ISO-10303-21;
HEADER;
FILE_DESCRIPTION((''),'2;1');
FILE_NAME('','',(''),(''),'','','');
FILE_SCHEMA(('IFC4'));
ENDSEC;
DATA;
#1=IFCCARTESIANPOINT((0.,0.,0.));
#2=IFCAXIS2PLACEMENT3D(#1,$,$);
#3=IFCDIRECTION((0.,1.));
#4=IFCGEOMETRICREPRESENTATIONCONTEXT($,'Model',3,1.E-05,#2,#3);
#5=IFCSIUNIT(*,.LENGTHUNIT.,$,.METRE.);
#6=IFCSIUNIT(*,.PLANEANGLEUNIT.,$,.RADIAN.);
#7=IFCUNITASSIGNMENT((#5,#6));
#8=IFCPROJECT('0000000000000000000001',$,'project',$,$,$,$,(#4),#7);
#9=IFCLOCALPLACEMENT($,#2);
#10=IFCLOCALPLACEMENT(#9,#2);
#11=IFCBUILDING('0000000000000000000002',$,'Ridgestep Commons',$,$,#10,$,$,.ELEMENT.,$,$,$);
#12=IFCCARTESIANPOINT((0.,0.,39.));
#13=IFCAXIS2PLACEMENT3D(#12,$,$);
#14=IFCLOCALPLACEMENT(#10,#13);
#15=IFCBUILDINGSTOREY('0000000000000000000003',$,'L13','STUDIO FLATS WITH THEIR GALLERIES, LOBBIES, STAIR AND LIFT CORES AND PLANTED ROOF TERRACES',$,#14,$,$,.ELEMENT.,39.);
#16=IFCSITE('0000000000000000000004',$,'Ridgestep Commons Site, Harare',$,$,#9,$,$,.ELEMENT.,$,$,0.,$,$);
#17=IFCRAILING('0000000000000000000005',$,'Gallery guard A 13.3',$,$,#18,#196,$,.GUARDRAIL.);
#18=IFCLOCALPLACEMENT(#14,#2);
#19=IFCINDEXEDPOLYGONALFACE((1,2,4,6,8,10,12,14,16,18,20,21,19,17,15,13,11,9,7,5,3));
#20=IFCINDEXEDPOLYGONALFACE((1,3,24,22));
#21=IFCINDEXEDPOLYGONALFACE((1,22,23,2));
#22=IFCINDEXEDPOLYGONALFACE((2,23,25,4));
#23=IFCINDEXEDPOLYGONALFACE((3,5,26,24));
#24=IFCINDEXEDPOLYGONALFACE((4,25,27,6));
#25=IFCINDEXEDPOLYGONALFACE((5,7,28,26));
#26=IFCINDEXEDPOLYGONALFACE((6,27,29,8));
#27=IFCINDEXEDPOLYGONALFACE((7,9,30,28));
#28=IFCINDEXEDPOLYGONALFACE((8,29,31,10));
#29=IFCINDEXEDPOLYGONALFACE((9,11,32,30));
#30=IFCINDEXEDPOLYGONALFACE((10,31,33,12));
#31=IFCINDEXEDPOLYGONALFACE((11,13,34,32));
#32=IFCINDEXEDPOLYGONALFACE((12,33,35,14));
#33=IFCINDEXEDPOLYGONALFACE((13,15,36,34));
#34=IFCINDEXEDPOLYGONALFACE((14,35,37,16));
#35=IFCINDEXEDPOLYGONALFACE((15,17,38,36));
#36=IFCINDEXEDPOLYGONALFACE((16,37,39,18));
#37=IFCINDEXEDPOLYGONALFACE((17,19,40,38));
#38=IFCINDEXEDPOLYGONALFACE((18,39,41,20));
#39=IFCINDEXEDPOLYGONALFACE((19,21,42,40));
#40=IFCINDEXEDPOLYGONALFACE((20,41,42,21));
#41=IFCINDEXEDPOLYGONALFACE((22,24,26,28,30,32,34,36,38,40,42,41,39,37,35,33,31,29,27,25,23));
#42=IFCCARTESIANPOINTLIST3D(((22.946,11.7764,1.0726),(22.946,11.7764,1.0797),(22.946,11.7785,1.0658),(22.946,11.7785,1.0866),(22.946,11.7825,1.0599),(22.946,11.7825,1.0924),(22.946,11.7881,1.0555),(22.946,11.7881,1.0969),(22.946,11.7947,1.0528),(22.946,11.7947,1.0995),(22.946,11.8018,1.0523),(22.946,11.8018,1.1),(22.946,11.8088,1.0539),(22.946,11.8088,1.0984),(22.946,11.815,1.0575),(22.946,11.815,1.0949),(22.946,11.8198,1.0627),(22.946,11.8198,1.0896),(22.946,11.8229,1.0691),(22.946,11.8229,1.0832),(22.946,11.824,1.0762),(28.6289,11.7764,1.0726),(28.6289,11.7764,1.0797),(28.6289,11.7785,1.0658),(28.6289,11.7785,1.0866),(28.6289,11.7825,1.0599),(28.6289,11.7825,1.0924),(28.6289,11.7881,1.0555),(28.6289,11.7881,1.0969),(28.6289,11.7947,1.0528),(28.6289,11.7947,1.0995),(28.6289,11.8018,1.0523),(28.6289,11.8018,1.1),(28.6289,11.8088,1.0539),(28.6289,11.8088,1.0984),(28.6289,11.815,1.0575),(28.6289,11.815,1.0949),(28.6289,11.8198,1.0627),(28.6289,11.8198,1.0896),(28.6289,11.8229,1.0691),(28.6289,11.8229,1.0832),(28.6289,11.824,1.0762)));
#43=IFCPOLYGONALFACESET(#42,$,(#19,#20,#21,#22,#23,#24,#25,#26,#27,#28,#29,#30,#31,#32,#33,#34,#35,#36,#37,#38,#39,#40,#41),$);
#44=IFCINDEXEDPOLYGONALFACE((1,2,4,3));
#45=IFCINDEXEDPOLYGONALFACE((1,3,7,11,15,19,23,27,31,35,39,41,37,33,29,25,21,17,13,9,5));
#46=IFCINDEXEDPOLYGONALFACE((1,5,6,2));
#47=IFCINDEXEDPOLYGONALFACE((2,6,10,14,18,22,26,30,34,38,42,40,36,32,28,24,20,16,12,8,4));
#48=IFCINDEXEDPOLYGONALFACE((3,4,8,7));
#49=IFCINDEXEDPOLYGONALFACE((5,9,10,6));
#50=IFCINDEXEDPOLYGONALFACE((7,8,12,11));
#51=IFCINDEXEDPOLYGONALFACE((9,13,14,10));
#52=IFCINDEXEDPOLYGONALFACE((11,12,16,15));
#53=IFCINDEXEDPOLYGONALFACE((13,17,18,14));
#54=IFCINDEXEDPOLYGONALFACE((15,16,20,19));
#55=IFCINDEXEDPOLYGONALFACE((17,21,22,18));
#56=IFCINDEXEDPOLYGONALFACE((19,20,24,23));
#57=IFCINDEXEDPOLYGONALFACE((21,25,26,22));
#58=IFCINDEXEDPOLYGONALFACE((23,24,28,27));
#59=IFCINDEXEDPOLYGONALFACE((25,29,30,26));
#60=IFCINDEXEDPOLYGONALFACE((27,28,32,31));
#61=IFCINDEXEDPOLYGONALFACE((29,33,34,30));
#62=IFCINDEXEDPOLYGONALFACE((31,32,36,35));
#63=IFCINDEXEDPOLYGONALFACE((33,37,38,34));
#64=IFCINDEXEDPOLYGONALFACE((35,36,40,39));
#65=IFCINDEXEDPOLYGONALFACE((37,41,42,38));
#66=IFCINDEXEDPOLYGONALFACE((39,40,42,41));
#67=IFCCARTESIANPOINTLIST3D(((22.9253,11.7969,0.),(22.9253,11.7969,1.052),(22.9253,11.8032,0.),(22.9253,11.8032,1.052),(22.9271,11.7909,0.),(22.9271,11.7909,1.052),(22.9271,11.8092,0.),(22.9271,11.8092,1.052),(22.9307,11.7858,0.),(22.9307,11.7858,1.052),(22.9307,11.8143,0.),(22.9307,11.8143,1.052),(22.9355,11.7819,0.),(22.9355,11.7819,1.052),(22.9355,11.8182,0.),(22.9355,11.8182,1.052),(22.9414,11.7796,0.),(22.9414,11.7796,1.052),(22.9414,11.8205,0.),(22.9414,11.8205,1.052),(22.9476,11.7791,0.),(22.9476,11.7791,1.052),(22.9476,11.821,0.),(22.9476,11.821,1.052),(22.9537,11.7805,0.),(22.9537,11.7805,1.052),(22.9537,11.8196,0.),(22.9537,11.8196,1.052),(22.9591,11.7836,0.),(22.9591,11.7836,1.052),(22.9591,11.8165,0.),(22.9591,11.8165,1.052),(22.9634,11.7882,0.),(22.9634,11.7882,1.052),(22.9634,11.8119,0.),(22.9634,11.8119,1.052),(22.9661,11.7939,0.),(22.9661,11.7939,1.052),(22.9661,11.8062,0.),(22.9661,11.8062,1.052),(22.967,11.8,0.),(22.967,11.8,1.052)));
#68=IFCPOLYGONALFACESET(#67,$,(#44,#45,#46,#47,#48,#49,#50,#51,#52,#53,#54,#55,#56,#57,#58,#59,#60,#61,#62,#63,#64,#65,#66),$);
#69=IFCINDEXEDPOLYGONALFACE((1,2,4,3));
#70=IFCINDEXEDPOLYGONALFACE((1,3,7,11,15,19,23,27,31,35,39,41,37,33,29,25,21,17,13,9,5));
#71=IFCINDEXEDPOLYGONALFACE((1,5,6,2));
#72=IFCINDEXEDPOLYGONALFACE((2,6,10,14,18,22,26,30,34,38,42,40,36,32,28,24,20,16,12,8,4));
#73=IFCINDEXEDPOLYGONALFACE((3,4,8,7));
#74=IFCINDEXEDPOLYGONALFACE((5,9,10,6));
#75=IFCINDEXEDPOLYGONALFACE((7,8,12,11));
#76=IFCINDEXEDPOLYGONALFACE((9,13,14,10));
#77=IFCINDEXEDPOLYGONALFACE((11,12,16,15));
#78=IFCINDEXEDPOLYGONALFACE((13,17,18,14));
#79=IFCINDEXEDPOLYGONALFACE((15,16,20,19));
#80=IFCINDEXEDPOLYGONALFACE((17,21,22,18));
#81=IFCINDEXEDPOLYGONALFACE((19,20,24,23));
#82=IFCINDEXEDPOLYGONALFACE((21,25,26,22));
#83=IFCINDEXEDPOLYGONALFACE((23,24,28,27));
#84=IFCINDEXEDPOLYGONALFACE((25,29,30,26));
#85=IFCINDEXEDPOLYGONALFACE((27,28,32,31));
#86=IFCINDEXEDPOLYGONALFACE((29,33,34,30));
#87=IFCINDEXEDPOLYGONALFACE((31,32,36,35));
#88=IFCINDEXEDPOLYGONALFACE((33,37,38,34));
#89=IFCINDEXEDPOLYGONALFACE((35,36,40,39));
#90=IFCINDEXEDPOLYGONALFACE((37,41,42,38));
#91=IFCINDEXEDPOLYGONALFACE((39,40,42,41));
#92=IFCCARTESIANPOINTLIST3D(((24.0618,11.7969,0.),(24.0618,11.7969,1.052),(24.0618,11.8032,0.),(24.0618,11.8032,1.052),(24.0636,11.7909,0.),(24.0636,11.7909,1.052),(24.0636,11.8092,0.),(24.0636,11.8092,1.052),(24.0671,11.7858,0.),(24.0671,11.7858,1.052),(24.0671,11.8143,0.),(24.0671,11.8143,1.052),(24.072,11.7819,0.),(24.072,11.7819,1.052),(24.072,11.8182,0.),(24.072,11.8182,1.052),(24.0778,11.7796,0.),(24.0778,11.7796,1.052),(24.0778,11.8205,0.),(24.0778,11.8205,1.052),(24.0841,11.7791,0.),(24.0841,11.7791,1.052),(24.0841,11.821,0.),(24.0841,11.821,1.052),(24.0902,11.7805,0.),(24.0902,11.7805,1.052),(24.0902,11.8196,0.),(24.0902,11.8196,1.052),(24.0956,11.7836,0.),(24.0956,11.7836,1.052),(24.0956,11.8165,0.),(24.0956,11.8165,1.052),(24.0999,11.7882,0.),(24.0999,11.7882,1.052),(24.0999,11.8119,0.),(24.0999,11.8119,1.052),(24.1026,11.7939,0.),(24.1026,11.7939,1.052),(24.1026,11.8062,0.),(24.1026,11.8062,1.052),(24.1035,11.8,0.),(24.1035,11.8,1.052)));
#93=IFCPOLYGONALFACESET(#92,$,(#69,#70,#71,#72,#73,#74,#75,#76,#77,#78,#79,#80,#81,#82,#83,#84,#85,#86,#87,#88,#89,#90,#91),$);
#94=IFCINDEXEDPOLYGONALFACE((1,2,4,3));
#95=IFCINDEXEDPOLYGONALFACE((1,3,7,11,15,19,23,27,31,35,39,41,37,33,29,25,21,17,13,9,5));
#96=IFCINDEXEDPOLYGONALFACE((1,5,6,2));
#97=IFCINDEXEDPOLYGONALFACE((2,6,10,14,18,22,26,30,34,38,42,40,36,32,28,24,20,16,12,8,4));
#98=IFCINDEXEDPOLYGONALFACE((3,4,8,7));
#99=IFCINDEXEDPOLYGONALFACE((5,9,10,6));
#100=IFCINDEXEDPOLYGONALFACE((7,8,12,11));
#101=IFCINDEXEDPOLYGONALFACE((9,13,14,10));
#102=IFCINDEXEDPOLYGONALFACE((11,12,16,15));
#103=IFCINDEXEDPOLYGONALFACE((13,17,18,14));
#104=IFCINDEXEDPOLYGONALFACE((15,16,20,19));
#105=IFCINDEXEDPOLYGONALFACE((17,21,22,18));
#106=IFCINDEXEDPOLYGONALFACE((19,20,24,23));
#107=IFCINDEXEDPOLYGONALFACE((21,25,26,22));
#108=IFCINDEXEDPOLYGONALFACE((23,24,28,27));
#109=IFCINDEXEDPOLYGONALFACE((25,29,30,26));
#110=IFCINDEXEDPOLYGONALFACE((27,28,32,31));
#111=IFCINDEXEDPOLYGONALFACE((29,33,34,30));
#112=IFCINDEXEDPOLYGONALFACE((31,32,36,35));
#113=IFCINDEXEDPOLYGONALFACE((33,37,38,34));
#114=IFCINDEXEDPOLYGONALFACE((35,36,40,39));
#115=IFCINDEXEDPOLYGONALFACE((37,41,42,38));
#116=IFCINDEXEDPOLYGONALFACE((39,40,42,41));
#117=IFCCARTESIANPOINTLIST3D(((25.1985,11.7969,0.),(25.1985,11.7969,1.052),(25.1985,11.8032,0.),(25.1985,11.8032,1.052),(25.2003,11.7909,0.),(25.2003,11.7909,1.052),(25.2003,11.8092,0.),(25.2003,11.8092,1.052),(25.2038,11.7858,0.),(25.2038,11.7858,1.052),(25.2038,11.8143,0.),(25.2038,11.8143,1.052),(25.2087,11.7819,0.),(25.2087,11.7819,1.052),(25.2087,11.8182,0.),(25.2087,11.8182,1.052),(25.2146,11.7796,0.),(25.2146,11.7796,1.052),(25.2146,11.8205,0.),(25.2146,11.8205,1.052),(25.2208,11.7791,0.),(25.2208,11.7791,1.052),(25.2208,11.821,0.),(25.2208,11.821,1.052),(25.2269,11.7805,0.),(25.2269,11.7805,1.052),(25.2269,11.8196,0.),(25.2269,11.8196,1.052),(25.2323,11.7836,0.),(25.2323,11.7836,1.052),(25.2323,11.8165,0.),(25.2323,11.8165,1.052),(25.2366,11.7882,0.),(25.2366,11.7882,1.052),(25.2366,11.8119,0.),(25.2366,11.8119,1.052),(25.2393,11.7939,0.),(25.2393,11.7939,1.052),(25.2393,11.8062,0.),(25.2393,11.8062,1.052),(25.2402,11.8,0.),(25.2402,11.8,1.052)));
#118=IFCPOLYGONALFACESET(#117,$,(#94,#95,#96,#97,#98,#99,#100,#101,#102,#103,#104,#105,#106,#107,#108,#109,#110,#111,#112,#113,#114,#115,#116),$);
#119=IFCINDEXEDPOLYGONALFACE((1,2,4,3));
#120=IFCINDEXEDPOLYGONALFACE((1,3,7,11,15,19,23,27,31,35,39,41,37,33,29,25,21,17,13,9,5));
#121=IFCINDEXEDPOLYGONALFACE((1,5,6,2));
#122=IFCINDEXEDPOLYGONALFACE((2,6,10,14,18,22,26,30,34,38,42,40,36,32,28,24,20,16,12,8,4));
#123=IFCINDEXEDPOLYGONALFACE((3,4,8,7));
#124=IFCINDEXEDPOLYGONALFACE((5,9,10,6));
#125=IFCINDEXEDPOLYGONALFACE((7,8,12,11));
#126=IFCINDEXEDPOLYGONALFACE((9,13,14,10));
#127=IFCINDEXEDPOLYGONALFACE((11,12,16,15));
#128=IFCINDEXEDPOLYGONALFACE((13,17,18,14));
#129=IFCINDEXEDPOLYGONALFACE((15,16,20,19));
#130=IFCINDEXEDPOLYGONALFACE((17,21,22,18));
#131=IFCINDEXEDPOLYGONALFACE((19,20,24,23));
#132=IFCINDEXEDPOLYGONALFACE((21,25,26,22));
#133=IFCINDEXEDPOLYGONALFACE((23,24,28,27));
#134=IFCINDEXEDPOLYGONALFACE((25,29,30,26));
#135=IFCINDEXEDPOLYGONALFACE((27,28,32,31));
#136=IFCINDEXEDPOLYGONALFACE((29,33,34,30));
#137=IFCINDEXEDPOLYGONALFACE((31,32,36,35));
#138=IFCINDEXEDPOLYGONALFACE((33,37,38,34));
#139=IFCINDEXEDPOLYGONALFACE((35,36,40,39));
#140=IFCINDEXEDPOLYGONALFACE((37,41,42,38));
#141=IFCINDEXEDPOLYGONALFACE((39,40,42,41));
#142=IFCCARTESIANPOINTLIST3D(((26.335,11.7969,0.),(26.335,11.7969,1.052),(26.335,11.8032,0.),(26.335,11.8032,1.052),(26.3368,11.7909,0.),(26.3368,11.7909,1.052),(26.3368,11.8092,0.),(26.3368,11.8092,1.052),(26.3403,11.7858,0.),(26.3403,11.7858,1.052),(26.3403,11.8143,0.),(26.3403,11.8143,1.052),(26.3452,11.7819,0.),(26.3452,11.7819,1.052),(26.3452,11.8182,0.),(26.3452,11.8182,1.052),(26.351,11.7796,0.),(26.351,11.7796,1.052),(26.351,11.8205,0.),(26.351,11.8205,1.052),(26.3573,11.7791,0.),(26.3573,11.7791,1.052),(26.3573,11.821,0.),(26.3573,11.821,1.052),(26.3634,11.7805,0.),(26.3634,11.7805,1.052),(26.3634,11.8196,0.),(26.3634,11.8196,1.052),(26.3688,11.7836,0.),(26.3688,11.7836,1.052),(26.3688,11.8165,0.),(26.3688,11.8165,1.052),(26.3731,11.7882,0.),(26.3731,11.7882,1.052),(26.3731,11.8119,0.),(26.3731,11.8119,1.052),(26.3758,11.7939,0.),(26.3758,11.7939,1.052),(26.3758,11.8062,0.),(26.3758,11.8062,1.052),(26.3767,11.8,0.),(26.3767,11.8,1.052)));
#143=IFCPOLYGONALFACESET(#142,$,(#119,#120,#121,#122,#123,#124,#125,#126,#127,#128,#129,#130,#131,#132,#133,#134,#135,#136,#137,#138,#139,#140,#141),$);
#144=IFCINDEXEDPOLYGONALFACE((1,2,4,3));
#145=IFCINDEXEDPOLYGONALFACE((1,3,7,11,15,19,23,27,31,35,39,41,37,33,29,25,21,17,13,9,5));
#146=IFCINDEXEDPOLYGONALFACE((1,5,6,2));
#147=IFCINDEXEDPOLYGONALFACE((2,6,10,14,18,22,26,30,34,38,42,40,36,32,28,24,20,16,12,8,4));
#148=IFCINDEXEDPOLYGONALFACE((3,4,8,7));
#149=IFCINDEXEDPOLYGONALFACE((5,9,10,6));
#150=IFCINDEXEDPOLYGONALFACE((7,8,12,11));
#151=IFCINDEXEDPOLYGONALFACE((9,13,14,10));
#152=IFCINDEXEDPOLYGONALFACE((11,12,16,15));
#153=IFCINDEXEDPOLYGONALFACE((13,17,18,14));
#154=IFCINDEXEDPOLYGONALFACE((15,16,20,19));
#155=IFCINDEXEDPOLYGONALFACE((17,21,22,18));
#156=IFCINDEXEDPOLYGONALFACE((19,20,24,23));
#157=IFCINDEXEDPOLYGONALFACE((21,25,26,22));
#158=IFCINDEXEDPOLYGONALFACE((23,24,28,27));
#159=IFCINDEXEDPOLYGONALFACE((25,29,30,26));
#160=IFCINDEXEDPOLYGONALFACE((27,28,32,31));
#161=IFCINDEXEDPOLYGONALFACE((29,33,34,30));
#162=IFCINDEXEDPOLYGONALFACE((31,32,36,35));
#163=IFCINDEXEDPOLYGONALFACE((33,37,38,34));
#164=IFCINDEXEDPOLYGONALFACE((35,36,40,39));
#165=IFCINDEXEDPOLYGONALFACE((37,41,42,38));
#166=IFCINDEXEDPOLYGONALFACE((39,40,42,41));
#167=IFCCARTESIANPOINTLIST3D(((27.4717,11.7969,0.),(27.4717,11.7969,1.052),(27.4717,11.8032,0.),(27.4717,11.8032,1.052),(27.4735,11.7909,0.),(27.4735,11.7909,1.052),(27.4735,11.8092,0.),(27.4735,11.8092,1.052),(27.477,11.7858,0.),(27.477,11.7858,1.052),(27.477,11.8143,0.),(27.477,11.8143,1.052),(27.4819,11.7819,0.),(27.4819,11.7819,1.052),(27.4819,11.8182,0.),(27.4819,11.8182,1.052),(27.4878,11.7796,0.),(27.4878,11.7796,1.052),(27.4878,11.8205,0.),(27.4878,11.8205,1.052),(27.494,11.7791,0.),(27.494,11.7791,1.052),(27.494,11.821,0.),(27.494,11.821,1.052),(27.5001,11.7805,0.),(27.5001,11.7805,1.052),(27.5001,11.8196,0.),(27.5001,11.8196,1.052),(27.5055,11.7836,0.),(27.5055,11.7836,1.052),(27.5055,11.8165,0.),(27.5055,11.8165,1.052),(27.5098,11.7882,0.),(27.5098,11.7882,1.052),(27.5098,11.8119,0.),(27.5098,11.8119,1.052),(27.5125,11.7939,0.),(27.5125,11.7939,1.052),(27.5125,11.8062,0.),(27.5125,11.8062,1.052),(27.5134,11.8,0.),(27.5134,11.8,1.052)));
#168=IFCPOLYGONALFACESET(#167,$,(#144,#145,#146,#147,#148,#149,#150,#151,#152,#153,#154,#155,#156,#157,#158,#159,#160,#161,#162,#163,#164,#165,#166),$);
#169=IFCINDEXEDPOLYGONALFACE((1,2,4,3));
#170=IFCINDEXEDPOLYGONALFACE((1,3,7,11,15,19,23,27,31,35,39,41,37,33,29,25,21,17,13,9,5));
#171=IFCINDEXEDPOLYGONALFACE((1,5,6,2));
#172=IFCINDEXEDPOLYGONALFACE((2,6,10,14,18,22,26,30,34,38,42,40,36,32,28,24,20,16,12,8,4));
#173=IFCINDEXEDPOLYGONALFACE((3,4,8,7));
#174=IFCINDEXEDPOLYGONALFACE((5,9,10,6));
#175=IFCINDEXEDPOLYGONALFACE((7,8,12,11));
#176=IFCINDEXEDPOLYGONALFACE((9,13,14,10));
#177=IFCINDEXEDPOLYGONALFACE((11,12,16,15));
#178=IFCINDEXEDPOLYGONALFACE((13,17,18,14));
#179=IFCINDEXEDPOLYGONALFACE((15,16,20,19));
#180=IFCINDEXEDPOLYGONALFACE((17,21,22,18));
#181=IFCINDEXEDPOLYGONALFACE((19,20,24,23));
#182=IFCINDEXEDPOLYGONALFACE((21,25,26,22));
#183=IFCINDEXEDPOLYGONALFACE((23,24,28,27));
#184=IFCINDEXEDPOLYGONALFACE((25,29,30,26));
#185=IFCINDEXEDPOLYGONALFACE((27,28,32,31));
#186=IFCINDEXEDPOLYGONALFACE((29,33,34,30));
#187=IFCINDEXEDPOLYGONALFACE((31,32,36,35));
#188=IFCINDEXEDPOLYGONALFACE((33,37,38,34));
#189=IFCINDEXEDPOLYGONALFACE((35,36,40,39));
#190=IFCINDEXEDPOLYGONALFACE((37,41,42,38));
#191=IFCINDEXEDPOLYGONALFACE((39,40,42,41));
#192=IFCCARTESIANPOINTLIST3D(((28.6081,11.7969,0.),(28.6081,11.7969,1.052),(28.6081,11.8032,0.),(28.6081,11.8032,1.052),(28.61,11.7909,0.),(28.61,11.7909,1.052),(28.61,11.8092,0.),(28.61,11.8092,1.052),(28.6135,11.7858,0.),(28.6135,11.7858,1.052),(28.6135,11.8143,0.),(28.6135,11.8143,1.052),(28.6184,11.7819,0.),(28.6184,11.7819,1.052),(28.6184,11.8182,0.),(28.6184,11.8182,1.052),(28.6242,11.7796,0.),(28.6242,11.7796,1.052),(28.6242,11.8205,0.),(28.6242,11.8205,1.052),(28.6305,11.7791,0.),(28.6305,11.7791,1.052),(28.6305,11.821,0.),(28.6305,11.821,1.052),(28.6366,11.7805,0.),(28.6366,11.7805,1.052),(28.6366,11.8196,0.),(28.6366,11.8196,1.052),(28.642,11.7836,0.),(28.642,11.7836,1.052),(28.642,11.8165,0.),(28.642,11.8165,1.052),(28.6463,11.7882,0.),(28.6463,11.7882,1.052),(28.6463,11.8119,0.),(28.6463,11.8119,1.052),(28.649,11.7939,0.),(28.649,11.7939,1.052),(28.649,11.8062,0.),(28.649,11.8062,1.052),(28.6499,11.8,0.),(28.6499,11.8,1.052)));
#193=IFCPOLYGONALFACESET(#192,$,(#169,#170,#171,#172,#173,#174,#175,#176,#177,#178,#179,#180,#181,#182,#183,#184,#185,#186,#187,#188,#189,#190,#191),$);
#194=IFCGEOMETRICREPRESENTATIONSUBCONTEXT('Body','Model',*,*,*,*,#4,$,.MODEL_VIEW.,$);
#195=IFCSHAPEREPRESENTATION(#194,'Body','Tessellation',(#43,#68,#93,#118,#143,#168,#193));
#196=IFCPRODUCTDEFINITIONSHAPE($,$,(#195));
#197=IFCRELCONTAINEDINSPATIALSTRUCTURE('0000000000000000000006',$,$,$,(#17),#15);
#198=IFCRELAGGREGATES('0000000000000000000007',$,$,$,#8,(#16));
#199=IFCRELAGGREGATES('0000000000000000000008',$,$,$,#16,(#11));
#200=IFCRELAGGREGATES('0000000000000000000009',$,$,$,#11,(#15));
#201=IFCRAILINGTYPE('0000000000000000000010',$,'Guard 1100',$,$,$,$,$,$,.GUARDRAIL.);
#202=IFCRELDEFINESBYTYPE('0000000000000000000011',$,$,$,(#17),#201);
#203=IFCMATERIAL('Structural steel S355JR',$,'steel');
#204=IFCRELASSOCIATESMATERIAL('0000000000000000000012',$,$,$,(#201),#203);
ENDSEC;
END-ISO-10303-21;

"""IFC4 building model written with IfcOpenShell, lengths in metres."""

from ifc_helpers import new_model, si_unit, direction, frame, origin, origin_2d, place, context, subcontext, project, spatial, circle, extrude, material, type_object, element, save


model = new_model("IFC4")

# Units and contexts
model_context = context("Model", 3, precision=1e-05, world=origin(), true_north=direction((0.0, 1.0)))
body_context = subcontext(model_context, "Body", "Model", "MODEL_VIEW")
ifc_project = project(units=[si_unit("LENGTHUNIT", "METRE"), si_unit("PLANEANGLEUNIT", "RADIAN")], contexts=[model_context])

# Site, building, storey
site_placement = place(None, origin())
site = spatial("IfcSite", under=ifc_project, at=site_placement, Name="Ridgestep Commons Site, Harare", CompositionType="ELEMENT", RefElevation=0.0)
building_placement = place(site_placement, origin())
building = spatial("IfcBuilding", under=site, at=building_placement, Name="Ridgestep Commons", CompositionType="ELEMENT")
storey_placement = place(building_placement, frame((0.0, 0.0, 39.0)))
storey = spatial("IfcBuildingStorey", under=building, at=storey_placement, Name="L13", Description="STUDIO FLATS WITH THEIR GALLERIES, LOBBIES, STAIR AND LIFT CORES AND PLANTED ROOF TERRACES", CompositionType="ELEMENT", Elevation=39.0)

# Railing
ifc_material_1 = material(Name="Structural steel S355JR", Category="steel")
railing_type_1 = type_object("IfcRailingType", Name="Guard 1100", PredefinedType="GUARDRAIL", material=ifc_material_1)
railing_1_placement = place(storey_placement, frame((22.946, 11.8, 0.0)))
element("IfcRailing", 1, at=railing_1_placement, inside=storey, type_object=railing_type_1, Name="Gallery guard A 13.3", PredefinedType="GUARDRAIL", context=body_context, shape_type="SweptSolid", body=[
    extrude(circle(Radius=0.0239, at=origin_2d()), frame((0.0, 0.0, 1.0762), z_axis=(1.0, 0.0, 0.0), x_axis=(0.0, 1.0, 0.0)), (0.0, 0.0, 1.0), 5.6829),
    extrude(circle(Radius=0.021, at=origin_2d()), origin(), (0.0, 0.0, 1.0), 1.052),
    extrude(circle(Radius=0.021, at=origin_2d()), frame((1.1365, 0.0, 0.0)), (0.0, 0.0, 1.0), 1.052),
    extrude(circle(Radius=0.021, at=origin_2d()), frame((2.2732, 0.0, 0.0)), (0.0, 0.0, 1.0), 1.052),
    extrude(circle(Radius=0.021, at=origin_2d()), frame((3.4097, 0.0, 0.0)), (0.0, 0.0, 1.0), 1.052),
    extrude(circle(Radius=0.021, at=origin_2d()), frame((4.5464, 0.0, 0.0)), (0.0, 0.0, 1.0), 1.052),
    extrude(circle(Radius=0.021, at=origin_2d()), frame((5.6829, 0.0, 0.0)), (0.0, 0.0, 1.0), 1.052),
])

save(model, "model.ifc")
